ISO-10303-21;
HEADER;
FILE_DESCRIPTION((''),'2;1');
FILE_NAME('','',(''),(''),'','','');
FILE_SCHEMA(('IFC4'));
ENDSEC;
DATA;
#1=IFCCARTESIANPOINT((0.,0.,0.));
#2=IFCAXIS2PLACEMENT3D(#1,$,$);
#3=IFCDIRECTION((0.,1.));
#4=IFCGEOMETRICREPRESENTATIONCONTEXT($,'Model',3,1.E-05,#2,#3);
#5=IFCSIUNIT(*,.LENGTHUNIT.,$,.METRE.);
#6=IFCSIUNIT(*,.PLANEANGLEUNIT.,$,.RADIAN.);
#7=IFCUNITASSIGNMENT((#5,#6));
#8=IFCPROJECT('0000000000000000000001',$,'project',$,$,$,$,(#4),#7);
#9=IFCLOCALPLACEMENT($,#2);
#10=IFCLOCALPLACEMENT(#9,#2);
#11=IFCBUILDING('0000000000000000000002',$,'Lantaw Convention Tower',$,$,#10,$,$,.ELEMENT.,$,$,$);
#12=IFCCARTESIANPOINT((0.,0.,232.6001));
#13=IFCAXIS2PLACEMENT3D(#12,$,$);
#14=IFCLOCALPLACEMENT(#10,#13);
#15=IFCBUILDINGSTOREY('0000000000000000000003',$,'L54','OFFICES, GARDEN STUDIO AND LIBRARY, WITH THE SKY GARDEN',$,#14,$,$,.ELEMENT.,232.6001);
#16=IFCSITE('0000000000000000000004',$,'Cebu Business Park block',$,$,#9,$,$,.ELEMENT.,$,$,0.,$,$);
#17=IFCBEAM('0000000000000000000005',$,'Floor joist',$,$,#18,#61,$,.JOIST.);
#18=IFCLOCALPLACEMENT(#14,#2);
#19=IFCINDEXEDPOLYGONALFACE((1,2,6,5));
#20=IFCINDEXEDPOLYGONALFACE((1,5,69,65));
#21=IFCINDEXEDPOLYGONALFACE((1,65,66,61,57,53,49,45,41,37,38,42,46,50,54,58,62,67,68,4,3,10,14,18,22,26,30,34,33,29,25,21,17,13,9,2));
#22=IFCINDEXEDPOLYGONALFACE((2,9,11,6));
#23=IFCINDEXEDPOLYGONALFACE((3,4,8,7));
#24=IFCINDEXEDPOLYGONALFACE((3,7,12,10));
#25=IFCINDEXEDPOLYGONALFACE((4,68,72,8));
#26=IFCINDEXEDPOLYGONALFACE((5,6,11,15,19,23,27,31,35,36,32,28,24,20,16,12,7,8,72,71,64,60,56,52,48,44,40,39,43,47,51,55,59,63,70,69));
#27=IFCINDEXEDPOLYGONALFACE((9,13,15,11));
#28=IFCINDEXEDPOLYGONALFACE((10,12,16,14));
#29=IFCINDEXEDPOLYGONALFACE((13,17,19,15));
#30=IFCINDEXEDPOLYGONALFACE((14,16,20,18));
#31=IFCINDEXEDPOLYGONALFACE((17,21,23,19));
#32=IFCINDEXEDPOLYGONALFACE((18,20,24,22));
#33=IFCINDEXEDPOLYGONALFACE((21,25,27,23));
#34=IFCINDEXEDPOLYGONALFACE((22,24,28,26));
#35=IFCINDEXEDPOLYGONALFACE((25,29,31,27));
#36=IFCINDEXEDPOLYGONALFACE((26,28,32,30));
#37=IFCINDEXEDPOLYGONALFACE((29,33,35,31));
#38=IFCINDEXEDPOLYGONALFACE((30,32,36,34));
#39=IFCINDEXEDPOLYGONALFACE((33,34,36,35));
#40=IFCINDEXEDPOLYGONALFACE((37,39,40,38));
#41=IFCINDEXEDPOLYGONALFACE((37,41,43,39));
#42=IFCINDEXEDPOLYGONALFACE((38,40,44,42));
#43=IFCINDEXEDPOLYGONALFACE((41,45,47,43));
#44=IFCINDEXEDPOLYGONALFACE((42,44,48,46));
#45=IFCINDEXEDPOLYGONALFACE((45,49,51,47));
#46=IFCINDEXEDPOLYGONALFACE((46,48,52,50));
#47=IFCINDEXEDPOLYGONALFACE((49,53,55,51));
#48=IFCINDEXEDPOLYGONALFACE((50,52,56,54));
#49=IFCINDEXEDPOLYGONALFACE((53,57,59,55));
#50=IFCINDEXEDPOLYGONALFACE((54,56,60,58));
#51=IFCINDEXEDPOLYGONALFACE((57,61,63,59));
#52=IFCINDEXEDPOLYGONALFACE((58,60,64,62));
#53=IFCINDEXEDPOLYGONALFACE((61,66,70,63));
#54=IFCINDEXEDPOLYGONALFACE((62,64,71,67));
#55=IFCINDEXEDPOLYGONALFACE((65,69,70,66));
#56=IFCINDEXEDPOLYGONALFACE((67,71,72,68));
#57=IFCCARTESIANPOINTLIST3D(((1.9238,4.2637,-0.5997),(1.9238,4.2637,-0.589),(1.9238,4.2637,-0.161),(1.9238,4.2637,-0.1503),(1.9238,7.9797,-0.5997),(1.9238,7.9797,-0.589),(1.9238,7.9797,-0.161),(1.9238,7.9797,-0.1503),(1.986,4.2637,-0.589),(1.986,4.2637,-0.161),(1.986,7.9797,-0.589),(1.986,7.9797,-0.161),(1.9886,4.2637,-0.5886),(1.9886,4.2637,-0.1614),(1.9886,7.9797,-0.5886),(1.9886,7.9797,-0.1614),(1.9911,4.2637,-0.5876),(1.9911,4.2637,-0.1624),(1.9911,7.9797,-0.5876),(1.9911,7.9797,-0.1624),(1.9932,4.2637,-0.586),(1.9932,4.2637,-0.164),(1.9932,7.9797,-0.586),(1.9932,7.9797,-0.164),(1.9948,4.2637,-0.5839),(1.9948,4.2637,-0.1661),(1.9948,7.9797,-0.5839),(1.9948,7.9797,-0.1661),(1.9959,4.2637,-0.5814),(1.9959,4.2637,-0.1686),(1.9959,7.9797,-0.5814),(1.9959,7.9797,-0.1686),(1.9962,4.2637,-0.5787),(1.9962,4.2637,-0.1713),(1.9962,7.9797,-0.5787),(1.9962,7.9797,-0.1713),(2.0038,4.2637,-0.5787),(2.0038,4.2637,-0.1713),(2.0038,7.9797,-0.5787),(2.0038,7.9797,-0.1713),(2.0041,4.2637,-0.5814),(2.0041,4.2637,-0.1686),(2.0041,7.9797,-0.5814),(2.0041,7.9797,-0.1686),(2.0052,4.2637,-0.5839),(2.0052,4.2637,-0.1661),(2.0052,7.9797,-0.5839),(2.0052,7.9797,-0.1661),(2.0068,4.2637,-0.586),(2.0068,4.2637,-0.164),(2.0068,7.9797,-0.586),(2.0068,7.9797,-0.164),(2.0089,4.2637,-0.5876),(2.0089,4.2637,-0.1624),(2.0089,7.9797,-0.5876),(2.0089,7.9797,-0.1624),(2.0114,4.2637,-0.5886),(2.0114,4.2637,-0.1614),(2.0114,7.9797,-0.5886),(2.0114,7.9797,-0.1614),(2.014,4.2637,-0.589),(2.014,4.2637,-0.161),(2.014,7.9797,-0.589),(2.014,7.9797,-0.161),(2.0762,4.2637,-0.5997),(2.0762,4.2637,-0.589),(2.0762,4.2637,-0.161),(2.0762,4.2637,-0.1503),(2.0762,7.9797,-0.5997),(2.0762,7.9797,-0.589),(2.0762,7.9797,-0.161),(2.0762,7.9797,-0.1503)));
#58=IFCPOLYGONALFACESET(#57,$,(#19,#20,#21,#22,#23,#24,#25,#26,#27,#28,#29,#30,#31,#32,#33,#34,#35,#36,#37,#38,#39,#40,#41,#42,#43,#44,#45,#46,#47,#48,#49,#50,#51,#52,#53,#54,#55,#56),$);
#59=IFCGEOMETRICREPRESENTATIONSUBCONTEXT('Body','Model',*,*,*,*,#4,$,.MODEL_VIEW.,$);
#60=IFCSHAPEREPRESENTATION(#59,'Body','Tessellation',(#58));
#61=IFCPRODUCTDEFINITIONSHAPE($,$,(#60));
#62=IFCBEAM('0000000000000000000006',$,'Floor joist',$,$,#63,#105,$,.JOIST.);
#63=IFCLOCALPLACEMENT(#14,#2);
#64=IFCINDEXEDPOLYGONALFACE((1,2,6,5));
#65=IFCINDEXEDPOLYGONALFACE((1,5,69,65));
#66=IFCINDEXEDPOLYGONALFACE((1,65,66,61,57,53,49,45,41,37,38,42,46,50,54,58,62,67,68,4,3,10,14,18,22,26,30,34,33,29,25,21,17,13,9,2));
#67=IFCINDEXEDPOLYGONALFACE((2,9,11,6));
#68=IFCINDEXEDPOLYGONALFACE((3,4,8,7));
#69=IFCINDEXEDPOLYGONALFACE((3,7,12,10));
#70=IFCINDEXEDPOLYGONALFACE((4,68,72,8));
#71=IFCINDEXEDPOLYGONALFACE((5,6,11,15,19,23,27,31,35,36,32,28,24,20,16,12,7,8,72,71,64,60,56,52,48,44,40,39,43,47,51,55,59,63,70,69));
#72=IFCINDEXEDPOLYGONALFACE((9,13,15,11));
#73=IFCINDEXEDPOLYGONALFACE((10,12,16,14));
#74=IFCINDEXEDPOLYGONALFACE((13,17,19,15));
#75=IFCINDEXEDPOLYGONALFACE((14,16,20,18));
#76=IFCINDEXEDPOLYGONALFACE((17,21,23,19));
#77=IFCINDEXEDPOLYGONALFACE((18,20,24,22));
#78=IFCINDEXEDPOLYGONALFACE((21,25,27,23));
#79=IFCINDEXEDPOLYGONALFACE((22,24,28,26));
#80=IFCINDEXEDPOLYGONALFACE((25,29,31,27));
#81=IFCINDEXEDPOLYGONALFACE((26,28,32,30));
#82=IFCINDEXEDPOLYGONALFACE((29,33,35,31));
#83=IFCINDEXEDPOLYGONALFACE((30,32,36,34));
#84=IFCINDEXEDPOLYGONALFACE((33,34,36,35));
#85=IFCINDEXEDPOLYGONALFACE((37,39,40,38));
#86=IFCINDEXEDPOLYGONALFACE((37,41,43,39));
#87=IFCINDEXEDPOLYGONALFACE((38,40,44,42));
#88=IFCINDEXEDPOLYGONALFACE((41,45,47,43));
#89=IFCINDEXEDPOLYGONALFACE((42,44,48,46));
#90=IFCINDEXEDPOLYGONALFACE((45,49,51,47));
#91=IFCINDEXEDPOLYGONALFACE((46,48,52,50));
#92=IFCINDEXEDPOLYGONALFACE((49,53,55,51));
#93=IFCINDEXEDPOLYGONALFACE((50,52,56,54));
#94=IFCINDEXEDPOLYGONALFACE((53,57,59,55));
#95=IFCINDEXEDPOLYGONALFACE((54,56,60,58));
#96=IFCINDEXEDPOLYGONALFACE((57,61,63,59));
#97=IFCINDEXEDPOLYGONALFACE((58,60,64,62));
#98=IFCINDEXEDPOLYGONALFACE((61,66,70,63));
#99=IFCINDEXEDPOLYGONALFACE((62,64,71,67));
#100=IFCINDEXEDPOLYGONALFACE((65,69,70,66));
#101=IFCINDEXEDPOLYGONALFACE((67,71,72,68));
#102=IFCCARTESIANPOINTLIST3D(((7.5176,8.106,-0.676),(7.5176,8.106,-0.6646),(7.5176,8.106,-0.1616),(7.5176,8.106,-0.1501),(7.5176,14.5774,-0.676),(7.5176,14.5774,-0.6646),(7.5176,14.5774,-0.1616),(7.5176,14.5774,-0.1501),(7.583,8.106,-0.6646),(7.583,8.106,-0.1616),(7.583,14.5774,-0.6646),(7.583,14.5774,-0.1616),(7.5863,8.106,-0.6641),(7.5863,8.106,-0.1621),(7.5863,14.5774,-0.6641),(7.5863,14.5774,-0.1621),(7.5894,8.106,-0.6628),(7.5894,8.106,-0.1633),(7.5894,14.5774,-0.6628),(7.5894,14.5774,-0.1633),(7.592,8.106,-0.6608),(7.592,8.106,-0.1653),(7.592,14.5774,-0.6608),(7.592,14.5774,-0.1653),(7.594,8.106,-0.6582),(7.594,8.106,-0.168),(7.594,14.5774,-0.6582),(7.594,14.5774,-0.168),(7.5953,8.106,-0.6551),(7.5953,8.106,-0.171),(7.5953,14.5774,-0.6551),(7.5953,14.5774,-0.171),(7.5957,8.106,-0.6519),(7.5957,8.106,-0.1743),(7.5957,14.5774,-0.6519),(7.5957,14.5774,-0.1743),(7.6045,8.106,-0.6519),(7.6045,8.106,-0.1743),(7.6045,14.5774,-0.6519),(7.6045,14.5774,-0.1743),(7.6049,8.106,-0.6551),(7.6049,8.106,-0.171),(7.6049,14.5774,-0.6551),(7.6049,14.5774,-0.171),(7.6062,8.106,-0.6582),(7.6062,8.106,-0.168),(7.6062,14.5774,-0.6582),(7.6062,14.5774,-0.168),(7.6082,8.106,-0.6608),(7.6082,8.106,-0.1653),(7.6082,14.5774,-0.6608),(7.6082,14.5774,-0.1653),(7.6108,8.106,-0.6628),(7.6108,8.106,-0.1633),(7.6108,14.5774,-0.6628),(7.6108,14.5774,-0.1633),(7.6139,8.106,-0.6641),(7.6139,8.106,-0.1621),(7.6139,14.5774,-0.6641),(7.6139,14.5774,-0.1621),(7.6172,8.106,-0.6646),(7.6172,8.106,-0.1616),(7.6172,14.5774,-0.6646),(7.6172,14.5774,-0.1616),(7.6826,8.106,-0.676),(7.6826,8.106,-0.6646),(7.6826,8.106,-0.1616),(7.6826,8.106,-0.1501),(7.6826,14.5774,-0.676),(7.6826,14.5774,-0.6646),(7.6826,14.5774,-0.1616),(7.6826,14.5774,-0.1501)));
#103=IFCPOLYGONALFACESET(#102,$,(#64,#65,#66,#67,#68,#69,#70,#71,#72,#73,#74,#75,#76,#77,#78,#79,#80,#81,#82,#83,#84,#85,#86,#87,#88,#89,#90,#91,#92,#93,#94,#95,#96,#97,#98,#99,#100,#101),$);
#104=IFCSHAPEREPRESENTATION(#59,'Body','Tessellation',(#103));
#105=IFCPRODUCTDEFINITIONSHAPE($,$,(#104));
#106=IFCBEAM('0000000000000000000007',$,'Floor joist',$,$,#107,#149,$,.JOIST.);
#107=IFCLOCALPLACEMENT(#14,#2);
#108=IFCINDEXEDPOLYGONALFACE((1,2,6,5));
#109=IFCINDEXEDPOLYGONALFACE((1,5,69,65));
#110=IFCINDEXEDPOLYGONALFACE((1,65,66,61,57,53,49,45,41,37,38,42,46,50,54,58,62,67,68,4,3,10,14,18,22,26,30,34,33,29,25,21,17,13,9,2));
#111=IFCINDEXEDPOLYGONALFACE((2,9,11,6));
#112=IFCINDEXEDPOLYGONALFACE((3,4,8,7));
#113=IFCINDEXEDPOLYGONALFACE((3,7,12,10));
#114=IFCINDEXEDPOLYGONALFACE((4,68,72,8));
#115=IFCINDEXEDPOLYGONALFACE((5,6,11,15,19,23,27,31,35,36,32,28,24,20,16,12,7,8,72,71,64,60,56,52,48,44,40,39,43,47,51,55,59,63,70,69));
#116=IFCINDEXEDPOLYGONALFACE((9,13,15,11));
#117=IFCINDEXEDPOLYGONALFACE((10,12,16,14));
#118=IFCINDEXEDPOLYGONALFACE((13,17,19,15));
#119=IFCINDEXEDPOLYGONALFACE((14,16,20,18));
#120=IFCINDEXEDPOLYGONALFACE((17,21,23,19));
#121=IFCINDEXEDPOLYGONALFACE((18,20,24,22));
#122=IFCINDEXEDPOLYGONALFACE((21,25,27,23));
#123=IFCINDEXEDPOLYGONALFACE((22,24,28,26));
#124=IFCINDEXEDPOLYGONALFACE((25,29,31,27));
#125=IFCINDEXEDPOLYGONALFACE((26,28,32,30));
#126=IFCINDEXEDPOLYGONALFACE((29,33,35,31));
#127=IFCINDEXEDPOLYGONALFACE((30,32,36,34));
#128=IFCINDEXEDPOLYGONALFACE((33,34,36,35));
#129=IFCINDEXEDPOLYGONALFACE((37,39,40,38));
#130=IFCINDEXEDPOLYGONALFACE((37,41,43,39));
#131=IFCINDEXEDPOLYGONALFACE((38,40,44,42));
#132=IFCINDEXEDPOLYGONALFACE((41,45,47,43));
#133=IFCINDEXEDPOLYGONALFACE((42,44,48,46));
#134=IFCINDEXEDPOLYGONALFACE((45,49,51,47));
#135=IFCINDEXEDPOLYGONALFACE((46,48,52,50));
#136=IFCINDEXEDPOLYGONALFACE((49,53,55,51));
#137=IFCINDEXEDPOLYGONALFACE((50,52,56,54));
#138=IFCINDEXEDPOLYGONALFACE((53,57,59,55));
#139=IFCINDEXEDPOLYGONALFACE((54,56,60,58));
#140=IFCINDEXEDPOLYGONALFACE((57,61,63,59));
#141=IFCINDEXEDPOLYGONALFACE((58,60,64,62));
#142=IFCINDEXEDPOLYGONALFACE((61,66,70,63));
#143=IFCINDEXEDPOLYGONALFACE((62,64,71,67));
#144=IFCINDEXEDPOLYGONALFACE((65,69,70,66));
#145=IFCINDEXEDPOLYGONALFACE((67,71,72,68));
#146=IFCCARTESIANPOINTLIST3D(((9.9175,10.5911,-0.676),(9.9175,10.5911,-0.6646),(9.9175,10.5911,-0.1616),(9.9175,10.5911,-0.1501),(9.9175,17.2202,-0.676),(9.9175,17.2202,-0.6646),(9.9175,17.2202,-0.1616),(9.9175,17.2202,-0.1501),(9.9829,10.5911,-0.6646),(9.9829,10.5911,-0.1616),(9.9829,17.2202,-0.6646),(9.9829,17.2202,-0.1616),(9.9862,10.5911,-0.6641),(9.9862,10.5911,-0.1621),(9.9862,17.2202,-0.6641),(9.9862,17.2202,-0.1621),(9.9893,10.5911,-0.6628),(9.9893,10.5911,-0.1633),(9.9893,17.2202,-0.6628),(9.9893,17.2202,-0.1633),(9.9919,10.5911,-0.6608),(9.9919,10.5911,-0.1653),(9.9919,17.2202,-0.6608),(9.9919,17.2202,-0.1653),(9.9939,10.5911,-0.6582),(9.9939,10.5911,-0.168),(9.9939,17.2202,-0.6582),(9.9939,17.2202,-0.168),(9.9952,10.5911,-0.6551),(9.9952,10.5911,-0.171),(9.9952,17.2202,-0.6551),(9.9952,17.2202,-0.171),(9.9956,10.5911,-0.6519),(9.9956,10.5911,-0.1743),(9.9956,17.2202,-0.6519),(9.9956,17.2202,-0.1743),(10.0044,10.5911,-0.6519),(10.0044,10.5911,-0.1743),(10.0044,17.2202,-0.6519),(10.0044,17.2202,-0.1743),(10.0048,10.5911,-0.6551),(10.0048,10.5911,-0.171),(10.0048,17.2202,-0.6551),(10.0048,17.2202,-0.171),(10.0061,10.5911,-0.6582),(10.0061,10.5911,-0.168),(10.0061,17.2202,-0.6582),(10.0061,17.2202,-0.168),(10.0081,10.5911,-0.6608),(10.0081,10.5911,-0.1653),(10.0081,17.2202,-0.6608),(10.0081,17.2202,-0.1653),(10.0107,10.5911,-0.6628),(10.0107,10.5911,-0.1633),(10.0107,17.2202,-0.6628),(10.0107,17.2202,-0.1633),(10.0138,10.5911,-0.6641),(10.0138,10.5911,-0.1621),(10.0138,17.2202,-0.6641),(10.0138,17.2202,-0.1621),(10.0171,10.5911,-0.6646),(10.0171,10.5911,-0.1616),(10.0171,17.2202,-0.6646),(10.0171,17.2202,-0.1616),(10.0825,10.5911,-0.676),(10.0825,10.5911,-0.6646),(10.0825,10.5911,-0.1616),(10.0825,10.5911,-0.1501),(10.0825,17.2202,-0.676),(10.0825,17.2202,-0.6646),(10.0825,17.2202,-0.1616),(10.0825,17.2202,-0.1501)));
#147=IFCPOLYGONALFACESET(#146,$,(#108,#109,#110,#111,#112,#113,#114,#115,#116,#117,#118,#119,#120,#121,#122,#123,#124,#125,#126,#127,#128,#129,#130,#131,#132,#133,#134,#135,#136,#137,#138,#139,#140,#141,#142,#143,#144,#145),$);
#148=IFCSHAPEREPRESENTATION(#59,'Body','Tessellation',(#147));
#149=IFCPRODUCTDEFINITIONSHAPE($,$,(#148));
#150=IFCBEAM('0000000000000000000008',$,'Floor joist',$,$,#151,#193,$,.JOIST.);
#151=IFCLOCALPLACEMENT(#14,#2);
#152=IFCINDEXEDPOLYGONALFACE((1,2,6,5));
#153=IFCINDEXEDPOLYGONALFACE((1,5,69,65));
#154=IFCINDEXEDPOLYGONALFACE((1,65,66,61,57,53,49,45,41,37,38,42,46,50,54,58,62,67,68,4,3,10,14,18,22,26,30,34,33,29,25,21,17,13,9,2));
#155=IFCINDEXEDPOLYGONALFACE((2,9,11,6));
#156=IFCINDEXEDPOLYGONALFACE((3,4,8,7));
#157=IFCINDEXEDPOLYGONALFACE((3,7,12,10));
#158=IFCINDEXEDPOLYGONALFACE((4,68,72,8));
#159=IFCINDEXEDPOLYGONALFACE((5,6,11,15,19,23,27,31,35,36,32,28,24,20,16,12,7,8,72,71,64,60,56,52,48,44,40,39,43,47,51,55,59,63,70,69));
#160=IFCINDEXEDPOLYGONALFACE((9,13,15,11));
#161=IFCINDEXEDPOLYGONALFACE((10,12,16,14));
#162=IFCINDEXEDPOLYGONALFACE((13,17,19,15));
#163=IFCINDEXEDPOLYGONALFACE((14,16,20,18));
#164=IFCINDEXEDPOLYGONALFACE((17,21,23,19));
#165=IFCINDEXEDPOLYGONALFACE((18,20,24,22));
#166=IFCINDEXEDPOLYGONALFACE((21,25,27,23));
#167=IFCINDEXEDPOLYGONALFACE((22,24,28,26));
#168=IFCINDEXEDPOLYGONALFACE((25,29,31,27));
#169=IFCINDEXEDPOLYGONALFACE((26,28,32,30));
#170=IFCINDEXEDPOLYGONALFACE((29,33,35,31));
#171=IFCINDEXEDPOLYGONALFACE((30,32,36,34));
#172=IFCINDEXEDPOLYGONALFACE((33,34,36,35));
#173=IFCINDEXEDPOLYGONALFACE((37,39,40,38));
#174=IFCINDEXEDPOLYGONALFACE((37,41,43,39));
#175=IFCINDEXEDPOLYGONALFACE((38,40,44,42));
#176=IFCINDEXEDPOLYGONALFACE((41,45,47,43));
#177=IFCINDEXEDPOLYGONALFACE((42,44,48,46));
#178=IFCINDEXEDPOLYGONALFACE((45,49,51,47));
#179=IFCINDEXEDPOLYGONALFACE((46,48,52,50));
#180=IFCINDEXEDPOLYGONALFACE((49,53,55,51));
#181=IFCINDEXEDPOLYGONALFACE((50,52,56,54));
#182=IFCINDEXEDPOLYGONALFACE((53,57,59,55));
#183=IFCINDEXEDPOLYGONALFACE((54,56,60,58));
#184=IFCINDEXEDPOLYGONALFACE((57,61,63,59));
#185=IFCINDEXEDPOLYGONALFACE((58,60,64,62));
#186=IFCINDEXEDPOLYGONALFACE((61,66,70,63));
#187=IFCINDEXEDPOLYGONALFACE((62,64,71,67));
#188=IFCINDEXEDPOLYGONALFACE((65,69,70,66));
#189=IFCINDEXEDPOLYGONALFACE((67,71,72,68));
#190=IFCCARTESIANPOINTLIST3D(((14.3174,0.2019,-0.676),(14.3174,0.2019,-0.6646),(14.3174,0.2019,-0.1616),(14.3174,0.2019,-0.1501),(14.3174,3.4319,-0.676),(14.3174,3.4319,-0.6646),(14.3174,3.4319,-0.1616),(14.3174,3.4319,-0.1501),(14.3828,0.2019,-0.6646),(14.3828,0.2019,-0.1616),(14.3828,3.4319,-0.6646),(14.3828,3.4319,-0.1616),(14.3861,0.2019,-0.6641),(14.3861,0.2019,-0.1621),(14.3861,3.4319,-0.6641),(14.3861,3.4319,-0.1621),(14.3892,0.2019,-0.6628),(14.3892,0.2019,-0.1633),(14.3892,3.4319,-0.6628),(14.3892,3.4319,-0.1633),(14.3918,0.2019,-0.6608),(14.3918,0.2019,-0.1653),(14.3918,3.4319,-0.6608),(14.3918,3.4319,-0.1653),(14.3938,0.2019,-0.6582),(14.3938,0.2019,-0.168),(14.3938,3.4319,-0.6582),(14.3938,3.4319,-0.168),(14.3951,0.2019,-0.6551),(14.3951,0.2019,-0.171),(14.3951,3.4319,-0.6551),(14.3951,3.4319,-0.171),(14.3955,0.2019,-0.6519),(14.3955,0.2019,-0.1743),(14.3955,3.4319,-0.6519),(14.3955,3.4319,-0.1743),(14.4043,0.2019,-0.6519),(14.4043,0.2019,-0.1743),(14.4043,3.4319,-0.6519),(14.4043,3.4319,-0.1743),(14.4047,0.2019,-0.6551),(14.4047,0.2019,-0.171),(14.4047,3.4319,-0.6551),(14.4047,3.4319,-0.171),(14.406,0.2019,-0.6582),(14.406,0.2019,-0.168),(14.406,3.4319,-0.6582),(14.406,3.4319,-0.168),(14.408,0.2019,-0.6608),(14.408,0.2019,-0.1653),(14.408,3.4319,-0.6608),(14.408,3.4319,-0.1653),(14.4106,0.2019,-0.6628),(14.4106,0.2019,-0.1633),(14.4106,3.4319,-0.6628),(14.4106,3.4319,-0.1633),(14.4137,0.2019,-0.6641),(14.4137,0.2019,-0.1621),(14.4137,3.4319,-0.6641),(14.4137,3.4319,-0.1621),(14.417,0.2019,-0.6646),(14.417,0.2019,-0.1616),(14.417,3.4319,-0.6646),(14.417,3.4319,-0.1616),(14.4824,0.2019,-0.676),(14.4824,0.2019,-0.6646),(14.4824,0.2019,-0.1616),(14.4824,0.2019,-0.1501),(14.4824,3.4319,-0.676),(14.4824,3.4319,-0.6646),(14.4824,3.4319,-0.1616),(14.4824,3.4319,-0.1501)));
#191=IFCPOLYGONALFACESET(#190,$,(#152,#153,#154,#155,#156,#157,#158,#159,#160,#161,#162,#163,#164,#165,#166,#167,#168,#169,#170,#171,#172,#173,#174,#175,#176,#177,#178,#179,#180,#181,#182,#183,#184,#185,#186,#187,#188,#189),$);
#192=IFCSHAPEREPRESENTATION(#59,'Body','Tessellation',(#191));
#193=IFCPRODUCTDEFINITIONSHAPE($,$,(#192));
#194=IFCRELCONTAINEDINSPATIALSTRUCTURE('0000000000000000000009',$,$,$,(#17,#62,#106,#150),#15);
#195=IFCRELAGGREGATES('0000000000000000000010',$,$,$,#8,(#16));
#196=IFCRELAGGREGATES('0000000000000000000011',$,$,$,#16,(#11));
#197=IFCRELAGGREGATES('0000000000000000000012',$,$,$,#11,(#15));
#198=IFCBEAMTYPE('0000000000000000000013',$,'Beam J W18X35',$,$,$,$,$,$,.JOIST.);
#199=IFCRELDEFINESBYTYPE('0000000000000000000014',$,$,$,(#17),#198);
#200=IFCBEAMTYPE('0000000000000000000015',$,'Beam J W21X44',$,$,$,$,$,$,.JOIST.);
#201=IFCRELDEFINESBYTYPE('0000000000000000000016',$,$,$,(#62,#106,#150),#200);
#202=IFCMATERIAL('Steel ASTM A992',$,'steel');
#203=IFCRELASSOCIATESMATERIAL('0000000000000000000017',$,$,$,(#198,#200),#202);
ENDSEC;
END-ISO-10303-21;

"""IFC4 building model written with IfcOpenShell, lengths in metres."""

from ifc_helpers import new_model, si_unit, direction, frame, origin, origin_2d, place, context, subcontext, project, spatial, i_section, extrude, material, material_profile, profile_set, type_object, element, save


model = new_model("IFC4")

# Units and contexts
model_context = context("Model", 3, precision=1e-05, world=origin(), true_north=direction((0.0, 1.0)))
body_context = subcontext(model_context, "Body", "Model", "MODEL_VIEW")
ifc_project = project(units=[si_unit("LENGTHUNIT", "METRE"), si_unit("PLANEANGLEUNIT", "RADIAN")], contexts=[model_context])

# Site, building, storey
site_placement = place(None, origin())
site = spatial("IfcSite", under=ifc_project, at=site_placement, Name="Cebu Business Park block", CompositionType="ELEMENT", RefElevation=0.0)
building_placement = place(site_placement, origin())
building = spatial("IfcBuilding", under=site, at=building_placement, Name="Lantaw Convention Tower", CompositionType="ELEMENT")
storey_placement = place(building_placement, frame((0.0, 0.0, 232.6001)))
storey = spatial("IfcBuildingStorey", under=building, at=storey_placement, Name="L54", Description="OFFICES, GARDEN STUDIO AND LIBRARY, WITH THE SKY GARDEN", CompositionType="ELEMENT", Elevation=232.6001)

# Beams
ifc_material_1 = material(Name="Steel ASTM A992", Category="steel")
ifc_material_profile_1 = material_profile(ifc_material_1, i_section(OverallWidth=0.1523, OverallDepth=0.4495, WebThickness=0.0076, FlangeThickness=0.0107, FilletRadius=0.0103, at=origin_2d()), Name="W18X35")
ifc_profile_set_1 = profile_set([ifc_material_profile_1], Name="Steel ASTM A992")
beam_type_1 = type_object("IfcBeamType", Name="Beam J W18X35", PredefinedType="JOIST", material=ifc_profile_set_1)
beam_1_placement = place(storey_placement, frame((2.0, 4.2637, -0.375), z_axis=(0.0, 1.0, 0.0), x_axis=(-1.0, 0.0, 0.0)))
element("IfcBeam", 1, at=beam_1_placement, inside=storey, type_object=beam_type_1, Name="Floor joist", PredefinedType="JOIST", context=body_context, shape_type="SweptSolid", body=[
    extrude(i_section(OverallWidth=0.1523, OverallDepth=0.4495, WebThickness=0.0076, FlangeThickness=0.0107, FilletRadius=0.0103, at=origin_2d()), origin(), (0.0, 0.0, 1.0), 3.7161),
])
ifc_material_profile_2 = material_profile(ifc_material_1, i_section(OverallWidth=0.165, OverallDepth=0.5259, WebThickness=0.0088, FlangeThickness=0.0115, FilletRadius=0.0127, at=origin_2d()), Name="W21X44")
ifc_profile_set_2 = profile_set([ifc_material_profile_2], Name="Steel ASTM A992")
beam_type_2 = type_object("IfcBeamType", Name="Beam J W21X44", PredefinedType="JOIST", material=ifc_profile_set_2)
beam_2_placement = place(storey_placement, frame((7.6001, 8.106, -0.4131), z_axis=(0.0, 1.0, 0.0), x_axis=(-1.0, 0.0, 0.0)))
element("IfcBeam", 2, at=beam_2_placement, inside=storey, type_object=beam_type_2, Name="Floor joist", PredefinedType="JOIST", context=body_context, shape_type="SweptSolid", body=[
    extrude(i_section(OverallWidth=0.165, OverallDepth=0.5259, WebThickness=0.0088, FlangeThickness=0.0115, FilletRadius=0.0127, at=origin_2d()), origin(), (0.0, 0.0, 1.0), 6.4714),
])
beam_3_placement = place(storey_placement, frame((10.0, 10.5911, -0.4131), z_axis=(0.0, 1.0, 0.0), x_axis=(-1.0, 0.0, 0.0)))
element("IfcBeam", 3, at=beam_3_placement, inside=storey, type_object=beam_type_2, Name="Floor joist", PredefinedType="JOIST", context=body_context, shape_type="SweptSolid", body=[
    extrude(i_section(OverallWidth=0.165, OverallDepth=0.5259, WebThickness=0.0088, FlangeThickness=0.0115, FilletRadius=0.0127, at=origin_2d()), origin(), (0.0, 0.0, 1.0), 6.6292),
])
beam_4_placement = place(storey_placement, frame((14.3999, 0.2019, -0.4131), z_axis=(0.0, 1.0, 0.0), x_axis=(-1.0, 0.0, 0.0)))
element("IfcBeam", 4, at=beam_4_placement, inside=storey, type_object=beam_type_2, Name="Floor joist", PredefinedType="JOIST", context=body_context, shape_type="SweptSolid", body=[
    extrude(i_section(OverallWidth=0.165, OverallDepth=0.5259, WebThickness=0.0088, FlangeThickness=0.0115, FilletRadius=0.0127, at=origin_2d()), origin(), (0.0, 0.0, 1.0), 3.23),
])

save(model, "model.ifc")
